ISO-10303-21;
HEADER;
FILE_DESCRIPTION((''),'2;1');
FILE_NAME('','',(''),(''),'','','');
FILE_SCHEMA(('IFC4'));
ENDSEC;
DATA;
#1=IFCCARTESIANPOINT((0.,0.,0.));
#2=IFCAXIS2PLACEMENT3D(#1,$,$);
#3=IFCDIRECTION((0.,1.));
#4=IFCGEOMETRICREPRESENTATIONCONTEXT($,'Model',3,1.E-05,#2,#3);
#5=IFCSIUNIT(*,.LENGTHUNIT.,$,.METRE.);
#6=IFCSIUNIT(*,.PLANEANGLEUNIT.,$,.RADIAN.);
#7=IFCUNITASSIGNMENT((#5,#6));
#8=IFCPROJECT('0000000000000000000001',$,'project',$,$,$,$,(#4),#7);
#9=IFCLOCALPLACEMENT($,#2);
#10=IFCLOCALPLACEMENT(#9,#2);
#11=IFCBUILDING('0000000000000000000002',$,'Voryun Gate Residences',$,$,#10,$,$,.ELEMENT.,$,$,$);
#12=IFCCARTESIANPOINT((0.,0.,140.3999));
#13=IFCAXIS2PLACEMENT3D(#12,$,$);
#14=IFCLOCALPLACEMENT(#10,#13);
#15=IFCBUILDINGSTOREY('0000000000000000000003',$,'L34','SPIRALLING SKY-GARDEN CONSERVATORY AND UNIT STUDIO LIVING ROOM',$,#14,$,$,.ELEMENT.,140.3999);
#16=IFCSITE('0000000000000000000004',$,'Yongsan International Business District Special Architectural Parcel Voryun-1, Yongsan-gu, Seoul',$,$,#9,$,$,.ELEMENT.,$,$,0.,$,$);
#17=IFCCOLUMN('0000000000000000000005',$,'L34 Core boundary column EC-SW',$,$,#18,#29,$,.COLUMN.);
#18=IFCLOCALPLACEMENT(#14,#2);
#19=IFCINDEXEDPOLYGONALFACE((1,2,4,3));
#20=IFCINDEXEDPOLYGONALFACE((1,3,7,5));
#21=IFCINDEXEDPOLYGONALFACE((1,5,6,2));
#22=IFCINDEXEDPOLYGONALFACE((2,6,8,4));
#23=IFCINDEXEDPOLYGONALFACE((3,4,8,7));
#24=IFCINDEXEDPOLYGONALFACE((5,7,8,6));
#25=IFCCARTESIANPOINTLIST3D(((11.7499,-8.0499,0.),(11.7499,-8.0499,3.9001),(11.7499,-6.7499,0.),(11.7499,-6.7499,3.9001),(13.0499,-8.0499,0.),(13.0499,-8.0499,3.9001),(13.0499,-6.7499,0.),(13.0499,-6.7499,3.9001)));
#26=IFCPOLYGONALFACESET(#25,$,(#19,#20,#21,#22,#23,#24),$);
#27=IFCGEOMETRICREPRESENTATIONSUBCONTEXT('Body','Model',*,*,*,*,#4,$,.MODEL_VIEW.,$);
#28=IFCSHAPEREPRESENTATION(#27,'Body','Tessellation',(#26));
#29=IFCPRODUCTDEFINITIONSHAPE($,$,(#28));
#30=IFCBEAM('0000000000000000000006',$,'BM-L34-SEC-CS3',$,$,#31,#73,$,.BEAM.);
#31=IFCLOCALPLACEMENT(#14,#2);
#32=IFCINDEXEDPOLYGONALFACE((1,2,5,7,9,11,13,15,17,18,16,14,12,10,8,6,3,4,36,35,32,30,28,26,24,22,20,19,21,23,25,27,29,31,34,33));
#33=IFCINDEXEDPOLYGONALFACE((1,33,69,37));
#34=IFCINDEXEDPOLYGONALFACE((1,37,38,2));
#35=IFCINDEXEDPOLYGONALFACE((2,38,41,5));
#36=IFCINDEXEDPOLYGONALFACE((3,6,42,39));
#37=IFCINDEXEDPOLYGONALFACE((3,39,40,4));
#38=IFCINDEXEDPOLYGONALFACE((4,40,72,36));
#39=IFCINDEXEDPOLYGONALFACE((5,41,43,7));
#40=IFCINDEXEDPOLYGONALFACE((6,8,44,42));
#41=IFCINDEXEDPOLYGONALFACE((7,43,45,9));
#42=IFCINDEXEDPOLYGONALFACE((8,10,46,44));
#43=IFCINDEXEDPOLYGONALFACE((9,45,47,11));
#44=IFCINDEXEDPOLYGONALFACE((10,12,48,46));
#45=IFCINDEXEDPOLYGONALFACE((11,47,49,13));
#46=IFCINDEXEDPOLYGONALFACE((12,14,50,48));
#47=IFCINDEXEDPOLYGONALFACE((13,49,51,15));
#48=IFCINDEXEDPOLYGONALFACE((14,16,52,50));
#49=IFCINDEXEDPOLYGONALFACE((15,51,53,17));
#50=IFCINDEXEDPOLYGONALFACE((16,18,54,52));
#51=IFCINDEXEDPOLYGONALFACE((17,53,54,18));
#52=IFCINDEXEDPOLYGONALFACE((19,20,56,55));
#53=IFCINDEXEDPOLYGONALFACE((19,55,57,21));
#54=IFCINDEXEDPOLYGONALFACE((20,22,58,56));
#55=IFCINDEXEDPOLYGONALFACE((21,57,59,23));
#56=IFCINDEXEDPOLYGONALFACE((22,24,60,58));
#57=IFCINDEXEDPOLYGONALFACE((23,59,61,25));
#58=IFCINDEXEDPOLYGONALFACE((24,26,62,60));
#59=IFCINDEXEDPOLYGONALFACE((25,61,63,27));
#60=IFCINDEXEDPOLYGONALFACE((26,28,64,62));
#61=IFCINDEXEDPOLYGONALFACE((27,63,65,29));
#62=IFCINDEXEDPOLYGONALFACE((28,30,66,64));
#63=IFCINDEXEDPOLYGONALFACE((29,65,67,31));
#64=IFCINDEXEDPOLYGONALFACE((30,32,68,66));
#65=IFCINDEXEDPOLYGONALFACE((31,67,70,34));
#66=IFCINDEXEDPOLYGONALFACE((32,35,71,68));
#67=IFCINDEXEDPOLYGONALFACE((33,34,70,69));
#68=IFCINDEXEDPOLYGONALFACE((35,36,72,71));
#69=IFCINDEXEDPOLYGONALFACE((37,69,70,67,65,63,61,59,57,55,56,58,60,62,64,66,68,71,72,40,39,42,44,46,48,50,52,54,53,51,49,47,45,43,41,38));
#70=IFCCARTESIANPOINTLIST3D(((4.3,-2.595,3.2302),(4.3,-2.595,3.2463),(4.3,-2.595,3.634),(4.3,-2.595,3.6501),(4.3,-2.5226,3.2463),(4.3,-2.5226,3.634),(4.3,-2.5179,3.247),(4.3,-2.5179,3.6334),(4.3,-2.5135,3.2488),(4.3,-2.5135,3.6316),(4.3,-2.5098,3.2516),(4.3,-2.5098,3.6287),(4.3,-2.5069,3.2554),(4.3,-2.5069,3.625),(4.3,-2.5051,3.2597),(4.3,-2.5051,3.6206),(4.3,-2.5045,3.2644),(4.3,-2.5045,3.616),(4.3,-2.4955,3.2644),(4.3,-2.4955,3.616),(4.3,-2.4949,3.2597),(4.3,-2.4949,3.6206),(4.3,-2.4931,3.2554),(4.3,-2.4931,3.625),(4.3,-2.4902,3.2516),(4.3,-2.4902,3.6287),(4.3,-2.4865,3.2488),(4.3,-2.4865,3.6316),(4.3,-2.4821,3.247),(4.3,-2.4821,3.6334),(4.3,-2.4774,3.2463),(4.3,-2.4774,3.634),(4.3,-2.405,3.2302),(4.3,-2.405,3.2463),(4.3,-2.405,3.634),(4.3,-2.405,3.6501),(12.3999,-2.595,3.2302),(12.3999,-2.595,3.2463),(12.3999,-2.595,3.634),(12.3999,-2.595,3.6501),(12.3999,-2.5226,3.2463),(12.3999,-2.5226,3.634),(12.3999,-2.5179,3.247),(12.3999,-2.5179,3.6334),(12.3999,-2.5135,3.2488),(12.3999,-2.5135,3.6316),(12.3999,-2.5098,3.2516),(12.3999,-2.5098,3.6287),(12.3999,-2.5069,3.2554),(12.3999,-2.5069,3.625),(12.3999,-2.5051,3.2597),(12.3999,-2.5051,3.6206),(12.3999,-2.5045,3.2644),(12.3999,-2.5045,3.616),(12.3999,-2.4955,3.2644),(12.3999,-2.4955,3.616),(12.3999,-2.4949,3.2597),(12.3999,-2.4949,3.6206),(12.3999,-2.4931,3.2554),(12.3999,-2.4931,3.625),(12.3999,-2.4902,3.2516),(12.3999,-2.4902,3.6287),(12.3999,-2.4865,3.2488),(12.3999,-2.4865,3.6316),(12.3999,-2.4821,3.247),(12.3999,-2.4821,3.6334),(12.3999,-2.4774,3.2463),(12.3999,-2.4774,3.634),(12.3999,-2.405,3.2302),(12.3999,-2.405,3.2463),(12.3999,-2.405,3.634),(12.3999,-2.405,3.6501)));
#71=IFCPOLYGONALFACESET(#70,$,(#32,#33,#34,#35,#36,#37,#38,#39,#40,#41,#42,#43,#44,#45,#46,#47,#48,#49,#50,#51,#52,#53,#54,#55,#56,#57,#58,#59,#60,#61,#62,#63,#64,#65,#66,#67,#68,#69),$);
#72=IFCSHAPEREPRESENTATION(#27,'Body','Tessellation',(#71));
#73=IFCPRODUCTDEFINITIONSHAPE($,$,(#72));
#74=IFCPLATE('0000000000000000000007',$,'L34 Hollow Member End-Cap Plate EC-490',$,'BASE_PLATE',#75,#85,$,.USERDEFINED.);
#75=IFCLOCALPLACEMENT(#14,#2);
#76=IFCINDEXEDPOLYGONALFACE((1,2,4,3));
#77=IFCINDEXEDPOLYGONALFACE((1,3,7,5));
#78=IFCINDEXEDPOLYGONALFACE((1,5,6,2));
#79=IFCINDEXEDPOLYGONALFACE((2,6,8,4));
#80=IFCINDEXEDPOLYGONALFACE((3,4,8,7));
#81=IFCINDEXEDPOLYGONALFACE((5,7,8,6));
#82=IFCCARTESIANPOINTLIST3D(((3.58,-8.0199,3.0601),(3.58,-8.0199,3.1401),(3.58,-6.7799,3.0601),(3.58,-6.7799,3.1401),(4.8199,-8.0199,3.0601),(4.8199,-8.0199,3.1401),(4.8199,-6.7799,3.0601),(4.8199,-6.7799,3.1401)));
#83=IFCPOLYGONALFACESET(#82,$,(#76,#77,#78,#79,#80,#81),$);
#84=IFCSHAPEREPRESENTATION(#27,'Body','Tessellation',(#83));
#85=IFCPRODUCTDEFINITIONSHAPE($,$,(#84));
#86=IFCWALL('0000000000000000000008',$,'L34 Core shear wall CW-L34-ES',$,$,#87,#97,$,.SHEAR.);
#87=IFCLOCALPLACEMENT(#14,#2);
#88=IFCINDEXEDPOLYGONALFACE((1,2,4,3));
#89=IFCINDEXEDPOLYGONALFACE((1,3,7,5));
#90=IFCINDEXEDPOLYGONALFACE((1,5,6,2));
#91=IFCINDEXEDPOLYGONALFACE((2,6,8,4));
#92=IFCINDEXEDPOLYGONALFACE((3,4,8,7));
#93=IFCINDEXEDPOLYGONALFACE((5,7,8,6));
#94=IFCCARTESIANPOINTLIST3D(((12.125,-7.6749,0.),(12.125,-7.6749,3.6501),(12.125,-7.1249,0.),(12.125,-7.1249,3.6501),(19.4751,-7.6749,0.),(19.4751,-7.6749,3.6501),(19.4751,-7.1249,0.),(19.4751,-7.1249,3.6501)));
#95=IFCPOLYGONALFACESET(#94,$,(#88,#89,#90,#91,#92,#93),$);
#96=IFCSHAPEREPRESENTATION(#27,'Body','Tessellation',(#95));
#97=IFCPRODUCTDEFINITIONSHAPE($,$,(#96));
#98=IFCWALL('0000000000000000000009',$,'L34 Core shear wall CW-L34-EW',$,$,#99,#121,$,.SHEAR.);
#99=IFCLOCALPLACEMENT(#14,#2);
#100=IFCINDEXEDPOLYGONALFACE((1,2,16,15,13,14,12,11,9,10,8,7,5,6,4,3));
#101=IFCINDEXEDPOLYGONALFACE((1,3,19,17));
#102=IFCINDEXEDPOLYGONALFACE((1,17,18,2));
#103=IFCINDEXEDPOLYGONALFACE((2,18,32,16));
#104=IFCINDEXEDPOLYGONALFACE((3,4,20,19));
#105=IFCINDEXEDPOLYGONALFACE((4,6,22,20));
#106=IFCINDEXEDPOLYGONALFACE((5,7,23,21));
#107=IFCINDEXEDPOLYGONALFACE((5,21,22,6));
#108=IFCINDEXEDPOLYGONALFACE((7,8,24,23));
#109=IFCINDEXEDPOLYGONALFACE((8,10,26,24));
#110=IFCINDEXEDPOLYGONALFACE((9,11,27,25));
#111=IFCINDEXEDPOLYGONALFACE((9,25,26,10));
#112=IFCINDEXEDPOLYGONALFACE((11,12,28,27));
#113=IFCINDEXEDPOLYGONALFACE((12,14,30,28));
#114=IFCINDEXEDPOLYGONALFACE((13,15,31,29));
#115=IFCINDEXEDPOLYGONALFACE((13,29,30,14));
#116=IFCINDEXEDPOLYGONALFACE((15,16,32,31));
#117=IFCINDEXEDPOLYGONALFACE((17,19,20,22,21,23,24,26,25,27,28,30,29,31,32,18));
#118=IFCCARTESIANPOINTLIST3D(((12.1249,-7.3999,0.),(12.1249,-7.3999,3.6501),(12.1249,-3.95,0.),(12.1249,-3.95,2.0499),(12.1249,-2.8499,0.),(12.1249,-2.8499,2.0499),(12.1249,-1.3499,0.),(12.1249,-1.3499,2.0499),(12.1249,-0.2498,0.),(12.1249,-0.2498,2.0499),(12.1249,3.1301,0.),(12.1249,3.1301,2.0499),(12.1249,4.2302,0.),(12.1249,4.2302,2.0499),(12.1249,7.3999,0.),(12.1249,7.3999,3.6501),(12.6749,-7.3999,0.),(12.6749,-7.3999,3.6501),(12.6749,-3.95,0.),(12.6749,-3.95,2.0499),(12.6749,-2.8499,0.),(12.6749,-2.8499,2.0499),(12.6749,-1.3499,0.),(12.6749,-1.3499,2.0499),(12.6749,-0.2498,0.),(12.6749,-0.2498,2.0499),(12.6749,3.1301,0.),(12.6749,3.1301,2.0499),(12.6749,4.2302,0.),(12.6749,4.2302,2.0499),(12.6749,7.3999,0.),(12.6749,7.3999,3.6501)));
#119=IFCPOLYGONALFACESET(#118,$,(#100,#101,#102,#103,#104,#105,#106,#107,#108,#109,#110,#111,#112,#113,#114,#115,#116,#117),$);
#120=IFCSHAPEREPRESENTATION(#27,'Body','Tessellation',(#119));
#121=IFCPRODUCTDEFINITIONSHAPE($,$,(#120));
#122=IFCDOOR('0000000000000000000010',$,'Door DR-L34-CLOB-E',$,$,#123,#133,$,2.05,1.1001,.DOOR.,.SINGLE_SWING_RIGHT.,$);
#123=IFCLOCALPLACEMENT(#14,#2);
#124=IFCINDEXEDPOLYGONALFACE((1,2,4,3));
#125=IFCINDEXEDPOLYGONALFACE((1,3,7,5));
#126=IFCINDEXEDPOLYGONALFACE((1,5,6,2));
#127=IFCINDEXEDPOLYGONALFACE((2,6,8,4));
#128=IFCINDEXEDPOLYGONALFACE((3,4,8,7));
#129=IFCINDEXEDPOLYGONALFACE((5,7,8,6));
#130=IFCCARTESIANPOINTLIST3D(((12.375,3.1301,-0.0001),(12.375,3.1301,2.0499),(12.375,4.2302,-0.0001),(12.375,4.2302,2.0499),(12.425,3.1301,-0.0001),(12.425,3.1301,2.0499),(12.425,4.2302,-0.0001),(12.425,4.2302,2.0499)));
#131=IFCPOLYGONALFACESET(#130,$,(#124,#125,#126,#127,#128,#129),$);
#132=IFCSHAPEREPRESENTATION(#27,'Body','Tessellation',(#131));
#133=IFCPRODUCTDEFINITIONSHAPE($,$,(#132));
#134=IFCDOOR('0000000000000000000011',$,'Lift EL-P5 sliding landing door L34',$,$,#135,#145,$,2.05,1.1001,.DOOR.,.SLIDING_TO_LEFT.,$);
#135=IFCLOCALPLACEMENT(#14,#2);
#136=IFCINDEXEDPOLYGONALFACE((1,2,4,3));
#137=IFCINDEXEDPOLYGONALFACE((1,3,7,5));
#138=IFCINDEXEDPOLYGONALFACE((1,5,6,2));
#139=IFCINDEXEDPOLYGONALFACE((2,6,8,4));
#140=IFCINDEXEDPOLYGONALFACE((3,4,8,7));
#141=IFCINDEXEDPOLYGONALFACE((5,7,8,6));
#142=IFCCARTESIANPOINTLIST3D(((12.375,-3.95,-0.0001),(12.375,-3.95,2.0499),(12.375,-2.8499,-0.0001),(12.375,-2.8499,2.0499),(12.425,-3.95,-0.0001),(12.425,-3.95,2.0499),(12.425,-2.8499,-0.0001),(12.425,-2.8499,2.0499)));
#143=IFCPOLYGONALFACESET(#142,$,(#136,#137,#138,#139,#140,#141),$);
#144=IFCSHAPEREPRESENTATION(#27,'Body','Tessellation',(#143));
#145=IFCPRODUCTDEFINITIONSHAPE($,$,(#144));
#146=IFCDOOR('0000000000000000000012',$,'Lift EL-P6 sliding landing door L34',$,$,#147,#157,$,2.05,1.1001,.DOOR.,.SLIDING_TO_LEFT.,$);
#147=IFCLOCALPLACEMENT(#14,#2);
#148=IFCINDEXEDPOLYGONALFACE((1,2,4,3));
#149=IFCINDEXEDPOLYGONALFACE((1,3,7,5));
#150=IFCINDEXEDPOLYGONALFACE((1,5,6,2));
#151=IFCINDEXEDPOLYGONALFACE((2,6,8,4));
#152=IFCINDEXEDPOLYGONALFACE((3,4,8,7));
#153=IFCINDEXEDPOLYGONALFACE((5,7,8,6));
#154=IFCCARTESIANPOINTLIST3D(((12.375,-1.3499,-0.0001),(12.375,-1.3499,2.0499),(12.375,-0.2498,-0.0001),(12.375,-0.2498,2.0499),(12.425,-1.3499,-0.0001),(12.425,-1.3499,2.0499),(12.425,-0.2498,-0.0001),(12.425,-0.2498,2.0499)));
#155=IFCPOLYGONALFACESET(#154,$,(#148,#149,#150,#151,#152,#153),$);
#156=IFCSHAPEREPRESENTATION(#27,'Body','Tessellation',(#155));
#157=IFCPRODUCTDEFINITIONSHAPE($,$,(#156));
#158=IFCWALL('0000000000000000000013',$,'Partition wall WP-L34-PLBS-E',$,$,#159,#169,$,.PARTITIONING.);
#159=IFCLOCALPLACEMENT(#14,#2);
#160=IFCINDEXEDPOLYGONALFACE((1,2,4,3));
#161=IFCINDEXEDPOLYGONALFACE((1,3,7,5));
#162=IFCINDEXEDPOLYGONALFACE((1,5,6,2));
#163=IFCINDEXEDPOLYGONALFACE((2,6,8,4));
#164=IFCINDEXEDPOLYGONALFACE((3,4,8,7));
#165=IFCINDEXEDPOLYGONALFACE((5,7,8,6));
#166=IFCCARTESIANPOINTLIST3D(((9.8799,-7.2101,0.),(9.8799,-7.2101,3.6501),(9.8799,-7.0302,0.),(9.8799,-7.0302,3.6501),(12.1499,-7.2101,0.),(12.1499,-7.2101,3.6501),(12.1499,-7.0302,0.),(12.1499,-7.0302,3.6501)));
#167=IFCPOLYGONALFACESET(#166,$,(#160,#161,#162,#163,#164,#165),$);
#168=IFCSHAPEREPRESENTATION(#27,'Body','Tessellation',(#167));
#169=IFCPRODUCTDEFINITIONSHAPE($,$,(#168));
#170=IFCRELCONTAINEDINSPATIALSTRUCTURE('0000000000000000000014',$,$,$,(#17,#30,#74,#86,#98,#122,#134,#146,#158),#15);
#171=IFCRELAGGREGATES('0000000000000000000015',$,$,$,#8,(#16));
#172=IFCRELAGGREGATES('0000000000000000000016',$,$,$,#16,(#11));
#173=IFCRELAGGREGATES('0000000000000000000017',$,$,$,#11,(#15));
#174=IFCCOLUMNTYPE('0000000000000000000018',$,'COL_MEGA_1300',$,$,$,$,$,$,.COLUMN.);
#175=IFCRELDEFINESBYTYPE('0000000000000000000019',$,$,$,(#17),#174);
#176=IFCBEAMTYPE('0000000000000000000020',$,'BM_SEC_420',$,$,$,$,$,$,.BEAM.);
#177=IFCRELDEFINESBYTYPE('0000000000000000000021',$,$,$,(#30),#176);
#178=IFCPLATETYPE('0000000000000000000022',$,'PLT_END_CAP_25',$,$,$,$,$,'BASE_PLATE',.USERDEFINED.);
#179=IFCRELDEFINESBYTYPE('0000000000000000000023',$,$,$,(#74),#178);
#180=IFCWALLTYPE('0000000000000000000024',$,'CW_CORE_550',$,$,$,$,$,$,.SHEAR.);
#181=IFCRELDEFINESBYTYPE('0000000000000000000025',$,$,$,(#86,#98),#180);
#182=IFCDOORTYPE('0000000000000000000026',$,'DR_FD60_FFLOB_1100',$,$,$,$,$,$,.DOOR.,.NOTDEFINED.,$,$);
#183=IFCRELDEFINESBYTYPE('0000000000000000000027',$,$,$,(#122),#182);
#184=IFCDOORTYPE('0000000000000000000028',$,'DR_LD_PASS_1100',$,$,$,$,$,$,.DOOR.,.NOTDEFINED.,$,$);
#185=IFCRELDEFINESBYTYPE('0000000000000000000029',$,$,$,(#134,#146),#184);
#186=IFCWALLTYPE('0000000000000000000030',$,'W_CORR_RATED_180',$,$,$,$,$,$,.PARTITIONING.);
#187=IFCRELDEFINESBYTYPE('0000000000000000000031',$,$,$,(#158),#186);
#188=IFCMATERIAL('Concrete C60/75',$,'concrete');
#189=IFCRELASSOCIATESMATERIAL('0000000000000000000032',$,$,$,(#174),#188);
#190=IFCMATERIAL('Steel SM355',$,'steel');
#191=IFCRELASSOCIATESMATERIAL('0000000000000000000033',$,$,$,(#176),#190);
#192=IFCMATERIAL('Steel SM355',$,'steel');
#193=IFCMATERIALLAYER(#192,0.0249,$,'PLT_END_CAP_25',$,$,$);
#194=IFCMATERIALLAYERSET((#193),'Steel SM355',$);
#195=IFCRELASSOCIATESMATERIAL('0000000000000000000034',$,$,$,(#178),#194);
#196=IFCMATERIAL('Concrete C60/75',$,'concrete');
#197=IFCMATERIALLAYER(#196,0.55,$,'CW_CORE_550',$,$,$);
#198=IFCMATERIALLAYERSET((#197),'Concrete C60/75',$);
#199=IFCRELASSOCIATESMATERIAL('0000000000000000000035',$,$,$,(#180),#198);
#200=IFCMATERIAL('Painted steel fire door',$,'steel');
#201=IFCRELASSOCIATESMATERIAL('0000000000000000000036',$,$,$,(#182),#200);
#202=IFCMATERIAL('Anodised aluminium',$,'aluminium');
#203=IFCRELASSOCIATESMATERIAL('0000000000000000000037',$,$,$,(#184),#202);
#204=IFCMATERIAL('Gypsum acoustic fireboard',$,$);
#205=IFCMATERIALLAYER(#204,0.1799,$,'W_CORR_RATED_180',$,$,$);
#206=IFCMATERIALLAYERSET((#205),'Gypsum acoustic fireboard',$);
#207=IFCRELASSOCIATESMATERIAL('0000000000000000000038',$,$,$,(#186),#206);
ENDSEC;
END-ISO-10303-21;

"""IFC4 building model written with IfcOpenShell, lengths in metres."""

from ifc_helpers import new_model, si_unit, direction, frame, frame_2d, origin, origin_2d, place, context, subcontext, project, spatial, rectangle, i_section, extrude, material, layer, layer_set, material_profile, profile_set, type_object, element, fill, save


model = new_model("IFC4")

# Units and contexts
model_context = context("Model", 3, precision=1e-05, world=origin(), true_north=direction((0.0, 1.0)))
body_context = subcontext(model_context, "Body", "Model", "MODEL_VIEW")
ifc_project = project(units=[si_unit("LENGTHUNIT", "METRE"), si_unit("PLANEANGLEUNIT", "RADIAN")], contexts=[model_context])

# Site, building, storey
site_placement = place(None, origin())
site = spatial("IfcSite", under=ifc_project, at=site_placement, Name="Yongsan International Business District Special Architectural Parcel Voryun-1, Yongsan-gu, Seoul", CompositionType="ELEMENT", RefElevation=0.0)
building_placement = place(site_placement, origin())
building = spatial("IfcBuilding", under=site, at=building_placement, Name="Voryun Gate Residences", CompositionType="ELEMENT")
storey_placement = place(building_placement, frame((0.0, 0.0, 140.3999)))
storey = spatial("IfcBuildingStorey", under=building, at=storey_placement, Name="L34", Description="SPIRALLING SKY-GARDEN CONSERVATORY AND UNIT STUDIO LIVING ROOM", CompositionType="ELEMENT", Elevation=140.3999)

# Column
ifc_material_1 = material(Name="Concrete C60/75", Category="concrete")
ifc_material_profile_1 = material_profile(ifc_material_1, rectangle(XDim=1.3, YDim=1.3, at=origin_2d()), Name="RC-1300x1300")
ifc_profile_set_1 = profile_set([ifc_material_profile_1], Name="Concrete C60/75")
column_type = type_object("IfcColumnType", Name="COL_MEGA_1300", PredefinedType="COLUMN", material=ifc_profile_set_1)
column_placement = place(storey_placement, frame((12.3999, -7.3999, 0.0), z_axis=(0.0, 0.0, 1.0), x_axis=(1.0, 0.0, 0.0)))
element("IfcColumn", 1, at=column_placement, inside=storey, type_object=column_type, Name="L34 Core boundary column EC-SW", PredefinedType="COLUMN", context=body_context, shape_type="SweptSolid", body=[
    extrude(rectangle(XDim=1.3, YDim=1.3, at=origin_2d()), origin(), (0.0, 0.0, 1.0), 3.9001),
])

# Beam
ifc_material_2 = material(Name="Steel SM355", Category="steel")
ifc_material_profile_2 = material_profile(ifc_material_2, i_section(OverallWidth=0.1899, OverallDepth=0.4199, WebThickness=0.009, FlangeThickness=0.0161, FilletRadius=0.0181, at=origin_2d()), Name="H-420x190x9x16")
ifc_profile_set_2 = profile_set([ifc_material_profile_2], Name="Steel SM355")
beam_type = type_object("IfcBeamType", Name="BM_SEC_420", PredefinedType="BEAM", material=ifc_profile_set_2)
beam_placement = place(storey_placement, frame((4.3, -2.5, 3.4402), z_axis=(1.0, 0.0, 0.0), x_axis=(0.0, 1.0, 0.0)))
element("IfcBeam", 2, at=beam_placement, inside=storey, type_object=beam_type, Name="BM-L34-SEC-CS3", PredefinedType="BEAM", context=body_context, shape_type="SweptSolid", body=[
    extrude(i_section(OverallWidth=0.1899, OverallDepth=0.4199, WebThickness=0.009, FlangeThickness=0.0161, FilletRadius=0.0181, at=origin_2d()), origin(), (0.0, 0.0, 1.0), 8.0999),
])

# Plate
ifc_material_3 = material(Name="Steel SM355", Category="steel")
ifc_layer_1 = layer(ifc_material_3, 0.0249, Name="PLT_END_CAP_25")
ifc_layer_set_1 = layer_set([ifc_layer_1], Name="Steel SM355")
plate_type = type_object("IfcPlateType", Name="PLT_END_CAP_25", ElementType="BASE_PLATE", PredefinedType="USERDEFINED", material=ifc_layer_set_1)
plate_placement = place(storey_placement, frame((4.2, -7.3999, 3.0601), z_axis=(0.0, 0.0, 1.0), x_axis=(1.0, 0.0, 0.0)))
element("IfcPlate", 3, at=plate_placement, inside=storey, type_object=plate_type, Name="L34 Hollow Member End-Cap Plate EC-490", ObjectType="BASE_PLATE", PredefinedType="USERDEFINED", context=body_context, shape_type="SweptSolid", body=[
    extrude(rectangle(XDim=1.24, YDim=1.24, at=origin_2d()), origin(), (0.0, 0.0, 1.0), 0.0801),
])

# Wall
ifc_material_4 = material(Name="Concrete C60/75", Category="concrete")
ifc_layer_2 = layer(ifc_material_4, 0.55, Name="CW_CORE_550")
ifc_layer_set_2 = layer_set([ifc_layer_2], Name="Concrete C60/75")
wall_type_1 = type_object("IfcWallType", Name="CW_CORE_550", PredefinedType="SHEAR", material=ifc_layer_set_2)
wall_1_placement = place(storey_placement, frame((12.125, -7.3999, 0.0), z_axis=(0.0, 0.0, 1.0), x_axis=(1.0, 0.0, 0.0)))
element("IfcWall", 4, at=wall_1_placement, inside=storey, type_object=wall_type_1, Name="L34 Core shear wall CW-L34-ES", PredefinedType="SHEAR", context=body_context, shape_type="SweptSolid", body=[
    extrude(rectangle(XDim=7.3501, YDim=0.55, at=frame_2d((3.675, 0.0))), origin(), (0.0, 0.0, 1.0), 3.6501),
])

# Wall, openings, doors
wall_2_placement = place(storey_placement, frame((12.3999, -7.3999, 0.0), z_axis=(0.0, 0.0, 1.0), x_axis=(0.0, 1.0, 0.0)))
wall_2 = element("IfcWall", 5, at=wall_2_placement, inside=storey, type_object=wall_type_1, Name="L34 Core shear wall CW-L34-EW", PredefinedType="SHEAR", context=body_context, shape_type="SweptSolid", body=[
    extrude(rectangle(XDim=14.7998, YDim=0.55, at=frame_2d((7.3999, 0.0))), origin(), (0.0, 0.0, 1.0), 3.6501),
])
opening_1_placement = place(wall_2_placement, frame((3.45, 0.0, 0.0)))
opening_1 = element("IfcOpeningElement", 6, at=opening_1_placement, cuts=wall_2, PredefinedType="OPENING", context=body_context, shape_type="SweptSolid", body=[
    extrude(rectangle(XDim=1.1001, YDim=2.05, at=frame_2d((0.55, 1.0249))), frame((0.0, 0.2849, 0.0), z_axis=(0.0, -1.0, 0.0), x_axis=(1.0, 0.0, 0.0)), (0.0, 0.0, 1.0), 0.5701),
])
opening_2_placement = place(wall_2_placement, frame((6.05, 0.0, 0.0)))
opening_2 = element("IfcOpeningElement", 7, at=opening_2_placement, cuts=wall_2, PredefinedType="OPENING", context=body_context, shape_type="SweptSolid", body=[
    extrude(rectangle(XDim=1.1001, YDim=2.05, at=frame_2d((0.55, 1.0249))), frame((0.0, 0.2849, 0.0), z_axis=(0.0, -1.0, 0.0), x_axis=(1.0, 0.0, 0.0)), (0.0, 0.0, 1.0), 0.5701),
])
opening_3_placement = place(wall_2_placement, frame((10.53, 0.0, 0.0)))
opening_3 = element("IfcOpeningElement", 8, at=opening_3_placement, cuts=wall_2, PredefinedType="OPENING", context=body_context, shape_type="SweptSolid", body=[
    extrude(rectangle(XDim=1.1001, YDim=2.05, at=frame_2d((0.55, 1.0249))), frame((0.0, 0.2849, 0.0), z_axis=(0.0, -1.0, 0.0), x_axis=(1.0, 0.0, 0.0)), (0.0, 0.0, 1.0), 0.5701),
])
ifc_material_5 = material(Name="Painted steel fire door", Category="steel")
door_type_1 = type_object("IfcDoorType", Name="DR_FD60_FFLOB_1100", OperationType="NOTDEFINED", PredefinedType="DOOR", material=ifc_material_5)
door_1_placement = place(opening_3_placement, origin())
door_1 = element("IfcDoor", 9, at=door_1_placement, inside=storey, type_object=door_type_1, Name="Door DR-L34-CLOB-E", OperationType="SINGLE_SWING_RIGHT", OverallHeight=2.05, OverallWidth=1.1001, PredefinedType="DOOR", context=body_context, shape_type="SweptSolid", body=[
    extrude(rectangle(XDim=1.1001, YDim=2.05, at=frame_2d((0.55, 1.0249))), frame((0.0, 0.0249, 0.0), z_axis=(0.0, -1.0, 0.0), x_axis=(1.0, 0.0, 0.0)), (0.0, 0.0, 1.0), 0.05),
])
fill(opening_3, door_1)
ifc_material_6 = material(Name="Anodised aluminium", Category="aluminium")
door_type_2 = type_object("IfcDoorType", Name="DR_LD_PASS_1100", OperationType="NOTDEFINED", PredefinedType="DOOR", material=ifc_material_6)
door_2_placement = place(opening_1_placement, origin())
door_2 = element("IfcDoor", 10, at=door_2_placement, inside=storey, type_object=door_type_2, Name="Lift EL-P5 sliding landing door L34", OperationType="SLIDING_TO_LEFT", OverallHeight=2.05, OverallWidth=1.1001, PredefinedType="DOOR", context=body_context, shape_type="SweptSolid", body=[
    extrude(rectangle(XDim=1.1001, YDim=2.05, at=frame_2d((0.55, 1.0249))), frame((0.0, 0.0249, 0.0), z_axis=(0.0, -1.0, 0.0), x_axis=(1.0, 0.0, 0.0)), (0.0, 0.0, 1.0), 0.05),
])
fill(opening_1, door_2)
door_3_placement = place(opening_2_placement, origin())
door_3 = element("IfcDoor", 11, at=door_3_placement, inside=storey, type_object=door_type_2, Name="Lift EL-P6 sliding landing door L34", OperationType="SLIDING_TO_LEFT", OverallHeight=2.05, OverallWidth=1.1001, PredefinedType="DOOR", context=body_context, shape_type="SweptSolid", body=[
    extrude(rectangle(XDim=1.1001, YDim=2.05, at=frame_2d((0.55, 1.0249))), frame((0.0, 0.0249, 0.0), z_axis=(0.0, -1.0, 0.0), x_axis=(1.0, 0.0, 0.0)), (0.0, 0.0, 1.0), 0.05),
])
fill(opening_2, door_3)

# Wall
ifc_material_7 = material(Name="Gypsum acoustic fireboard")
ifc_layer_3 = layer(ifc_material_7, 0.1799, Name="W_CORR_RATED_180")
ifc_layer_set_3 = layer_set([ifc_layer_3], Name="Gypsum acoustic fireboard")
wall_type_2 = type_object("IfcWallType", Name="W_CORR_RATED_180", PredefinedType="PARTITIONING", material=ifc_layer_set_3)
wall_3_placement = place(storey_placement, frame((9.8799, -7.1201, 0.0), z_axis=(0.0, 0.0, 1.0), x_axis=(1.0, 0.0, 0.0)))
element("IfcWall", 12, at=wall_3_placement, inside=storey, type_object=wall_type_2, Name="Partition wall WP-L34-PLBS-E", PredefinedType="PARTITIONING", context=body_context, shape_type="SweptSolid", body=[
    extrude(rectangle(XDim=2.27, YDim=0.1799, at=frame_2d((1.135, 0.0))), origin(), (0.0, 0.0, 1.0), 3.6501),
])

save(model, "model.ifc")
